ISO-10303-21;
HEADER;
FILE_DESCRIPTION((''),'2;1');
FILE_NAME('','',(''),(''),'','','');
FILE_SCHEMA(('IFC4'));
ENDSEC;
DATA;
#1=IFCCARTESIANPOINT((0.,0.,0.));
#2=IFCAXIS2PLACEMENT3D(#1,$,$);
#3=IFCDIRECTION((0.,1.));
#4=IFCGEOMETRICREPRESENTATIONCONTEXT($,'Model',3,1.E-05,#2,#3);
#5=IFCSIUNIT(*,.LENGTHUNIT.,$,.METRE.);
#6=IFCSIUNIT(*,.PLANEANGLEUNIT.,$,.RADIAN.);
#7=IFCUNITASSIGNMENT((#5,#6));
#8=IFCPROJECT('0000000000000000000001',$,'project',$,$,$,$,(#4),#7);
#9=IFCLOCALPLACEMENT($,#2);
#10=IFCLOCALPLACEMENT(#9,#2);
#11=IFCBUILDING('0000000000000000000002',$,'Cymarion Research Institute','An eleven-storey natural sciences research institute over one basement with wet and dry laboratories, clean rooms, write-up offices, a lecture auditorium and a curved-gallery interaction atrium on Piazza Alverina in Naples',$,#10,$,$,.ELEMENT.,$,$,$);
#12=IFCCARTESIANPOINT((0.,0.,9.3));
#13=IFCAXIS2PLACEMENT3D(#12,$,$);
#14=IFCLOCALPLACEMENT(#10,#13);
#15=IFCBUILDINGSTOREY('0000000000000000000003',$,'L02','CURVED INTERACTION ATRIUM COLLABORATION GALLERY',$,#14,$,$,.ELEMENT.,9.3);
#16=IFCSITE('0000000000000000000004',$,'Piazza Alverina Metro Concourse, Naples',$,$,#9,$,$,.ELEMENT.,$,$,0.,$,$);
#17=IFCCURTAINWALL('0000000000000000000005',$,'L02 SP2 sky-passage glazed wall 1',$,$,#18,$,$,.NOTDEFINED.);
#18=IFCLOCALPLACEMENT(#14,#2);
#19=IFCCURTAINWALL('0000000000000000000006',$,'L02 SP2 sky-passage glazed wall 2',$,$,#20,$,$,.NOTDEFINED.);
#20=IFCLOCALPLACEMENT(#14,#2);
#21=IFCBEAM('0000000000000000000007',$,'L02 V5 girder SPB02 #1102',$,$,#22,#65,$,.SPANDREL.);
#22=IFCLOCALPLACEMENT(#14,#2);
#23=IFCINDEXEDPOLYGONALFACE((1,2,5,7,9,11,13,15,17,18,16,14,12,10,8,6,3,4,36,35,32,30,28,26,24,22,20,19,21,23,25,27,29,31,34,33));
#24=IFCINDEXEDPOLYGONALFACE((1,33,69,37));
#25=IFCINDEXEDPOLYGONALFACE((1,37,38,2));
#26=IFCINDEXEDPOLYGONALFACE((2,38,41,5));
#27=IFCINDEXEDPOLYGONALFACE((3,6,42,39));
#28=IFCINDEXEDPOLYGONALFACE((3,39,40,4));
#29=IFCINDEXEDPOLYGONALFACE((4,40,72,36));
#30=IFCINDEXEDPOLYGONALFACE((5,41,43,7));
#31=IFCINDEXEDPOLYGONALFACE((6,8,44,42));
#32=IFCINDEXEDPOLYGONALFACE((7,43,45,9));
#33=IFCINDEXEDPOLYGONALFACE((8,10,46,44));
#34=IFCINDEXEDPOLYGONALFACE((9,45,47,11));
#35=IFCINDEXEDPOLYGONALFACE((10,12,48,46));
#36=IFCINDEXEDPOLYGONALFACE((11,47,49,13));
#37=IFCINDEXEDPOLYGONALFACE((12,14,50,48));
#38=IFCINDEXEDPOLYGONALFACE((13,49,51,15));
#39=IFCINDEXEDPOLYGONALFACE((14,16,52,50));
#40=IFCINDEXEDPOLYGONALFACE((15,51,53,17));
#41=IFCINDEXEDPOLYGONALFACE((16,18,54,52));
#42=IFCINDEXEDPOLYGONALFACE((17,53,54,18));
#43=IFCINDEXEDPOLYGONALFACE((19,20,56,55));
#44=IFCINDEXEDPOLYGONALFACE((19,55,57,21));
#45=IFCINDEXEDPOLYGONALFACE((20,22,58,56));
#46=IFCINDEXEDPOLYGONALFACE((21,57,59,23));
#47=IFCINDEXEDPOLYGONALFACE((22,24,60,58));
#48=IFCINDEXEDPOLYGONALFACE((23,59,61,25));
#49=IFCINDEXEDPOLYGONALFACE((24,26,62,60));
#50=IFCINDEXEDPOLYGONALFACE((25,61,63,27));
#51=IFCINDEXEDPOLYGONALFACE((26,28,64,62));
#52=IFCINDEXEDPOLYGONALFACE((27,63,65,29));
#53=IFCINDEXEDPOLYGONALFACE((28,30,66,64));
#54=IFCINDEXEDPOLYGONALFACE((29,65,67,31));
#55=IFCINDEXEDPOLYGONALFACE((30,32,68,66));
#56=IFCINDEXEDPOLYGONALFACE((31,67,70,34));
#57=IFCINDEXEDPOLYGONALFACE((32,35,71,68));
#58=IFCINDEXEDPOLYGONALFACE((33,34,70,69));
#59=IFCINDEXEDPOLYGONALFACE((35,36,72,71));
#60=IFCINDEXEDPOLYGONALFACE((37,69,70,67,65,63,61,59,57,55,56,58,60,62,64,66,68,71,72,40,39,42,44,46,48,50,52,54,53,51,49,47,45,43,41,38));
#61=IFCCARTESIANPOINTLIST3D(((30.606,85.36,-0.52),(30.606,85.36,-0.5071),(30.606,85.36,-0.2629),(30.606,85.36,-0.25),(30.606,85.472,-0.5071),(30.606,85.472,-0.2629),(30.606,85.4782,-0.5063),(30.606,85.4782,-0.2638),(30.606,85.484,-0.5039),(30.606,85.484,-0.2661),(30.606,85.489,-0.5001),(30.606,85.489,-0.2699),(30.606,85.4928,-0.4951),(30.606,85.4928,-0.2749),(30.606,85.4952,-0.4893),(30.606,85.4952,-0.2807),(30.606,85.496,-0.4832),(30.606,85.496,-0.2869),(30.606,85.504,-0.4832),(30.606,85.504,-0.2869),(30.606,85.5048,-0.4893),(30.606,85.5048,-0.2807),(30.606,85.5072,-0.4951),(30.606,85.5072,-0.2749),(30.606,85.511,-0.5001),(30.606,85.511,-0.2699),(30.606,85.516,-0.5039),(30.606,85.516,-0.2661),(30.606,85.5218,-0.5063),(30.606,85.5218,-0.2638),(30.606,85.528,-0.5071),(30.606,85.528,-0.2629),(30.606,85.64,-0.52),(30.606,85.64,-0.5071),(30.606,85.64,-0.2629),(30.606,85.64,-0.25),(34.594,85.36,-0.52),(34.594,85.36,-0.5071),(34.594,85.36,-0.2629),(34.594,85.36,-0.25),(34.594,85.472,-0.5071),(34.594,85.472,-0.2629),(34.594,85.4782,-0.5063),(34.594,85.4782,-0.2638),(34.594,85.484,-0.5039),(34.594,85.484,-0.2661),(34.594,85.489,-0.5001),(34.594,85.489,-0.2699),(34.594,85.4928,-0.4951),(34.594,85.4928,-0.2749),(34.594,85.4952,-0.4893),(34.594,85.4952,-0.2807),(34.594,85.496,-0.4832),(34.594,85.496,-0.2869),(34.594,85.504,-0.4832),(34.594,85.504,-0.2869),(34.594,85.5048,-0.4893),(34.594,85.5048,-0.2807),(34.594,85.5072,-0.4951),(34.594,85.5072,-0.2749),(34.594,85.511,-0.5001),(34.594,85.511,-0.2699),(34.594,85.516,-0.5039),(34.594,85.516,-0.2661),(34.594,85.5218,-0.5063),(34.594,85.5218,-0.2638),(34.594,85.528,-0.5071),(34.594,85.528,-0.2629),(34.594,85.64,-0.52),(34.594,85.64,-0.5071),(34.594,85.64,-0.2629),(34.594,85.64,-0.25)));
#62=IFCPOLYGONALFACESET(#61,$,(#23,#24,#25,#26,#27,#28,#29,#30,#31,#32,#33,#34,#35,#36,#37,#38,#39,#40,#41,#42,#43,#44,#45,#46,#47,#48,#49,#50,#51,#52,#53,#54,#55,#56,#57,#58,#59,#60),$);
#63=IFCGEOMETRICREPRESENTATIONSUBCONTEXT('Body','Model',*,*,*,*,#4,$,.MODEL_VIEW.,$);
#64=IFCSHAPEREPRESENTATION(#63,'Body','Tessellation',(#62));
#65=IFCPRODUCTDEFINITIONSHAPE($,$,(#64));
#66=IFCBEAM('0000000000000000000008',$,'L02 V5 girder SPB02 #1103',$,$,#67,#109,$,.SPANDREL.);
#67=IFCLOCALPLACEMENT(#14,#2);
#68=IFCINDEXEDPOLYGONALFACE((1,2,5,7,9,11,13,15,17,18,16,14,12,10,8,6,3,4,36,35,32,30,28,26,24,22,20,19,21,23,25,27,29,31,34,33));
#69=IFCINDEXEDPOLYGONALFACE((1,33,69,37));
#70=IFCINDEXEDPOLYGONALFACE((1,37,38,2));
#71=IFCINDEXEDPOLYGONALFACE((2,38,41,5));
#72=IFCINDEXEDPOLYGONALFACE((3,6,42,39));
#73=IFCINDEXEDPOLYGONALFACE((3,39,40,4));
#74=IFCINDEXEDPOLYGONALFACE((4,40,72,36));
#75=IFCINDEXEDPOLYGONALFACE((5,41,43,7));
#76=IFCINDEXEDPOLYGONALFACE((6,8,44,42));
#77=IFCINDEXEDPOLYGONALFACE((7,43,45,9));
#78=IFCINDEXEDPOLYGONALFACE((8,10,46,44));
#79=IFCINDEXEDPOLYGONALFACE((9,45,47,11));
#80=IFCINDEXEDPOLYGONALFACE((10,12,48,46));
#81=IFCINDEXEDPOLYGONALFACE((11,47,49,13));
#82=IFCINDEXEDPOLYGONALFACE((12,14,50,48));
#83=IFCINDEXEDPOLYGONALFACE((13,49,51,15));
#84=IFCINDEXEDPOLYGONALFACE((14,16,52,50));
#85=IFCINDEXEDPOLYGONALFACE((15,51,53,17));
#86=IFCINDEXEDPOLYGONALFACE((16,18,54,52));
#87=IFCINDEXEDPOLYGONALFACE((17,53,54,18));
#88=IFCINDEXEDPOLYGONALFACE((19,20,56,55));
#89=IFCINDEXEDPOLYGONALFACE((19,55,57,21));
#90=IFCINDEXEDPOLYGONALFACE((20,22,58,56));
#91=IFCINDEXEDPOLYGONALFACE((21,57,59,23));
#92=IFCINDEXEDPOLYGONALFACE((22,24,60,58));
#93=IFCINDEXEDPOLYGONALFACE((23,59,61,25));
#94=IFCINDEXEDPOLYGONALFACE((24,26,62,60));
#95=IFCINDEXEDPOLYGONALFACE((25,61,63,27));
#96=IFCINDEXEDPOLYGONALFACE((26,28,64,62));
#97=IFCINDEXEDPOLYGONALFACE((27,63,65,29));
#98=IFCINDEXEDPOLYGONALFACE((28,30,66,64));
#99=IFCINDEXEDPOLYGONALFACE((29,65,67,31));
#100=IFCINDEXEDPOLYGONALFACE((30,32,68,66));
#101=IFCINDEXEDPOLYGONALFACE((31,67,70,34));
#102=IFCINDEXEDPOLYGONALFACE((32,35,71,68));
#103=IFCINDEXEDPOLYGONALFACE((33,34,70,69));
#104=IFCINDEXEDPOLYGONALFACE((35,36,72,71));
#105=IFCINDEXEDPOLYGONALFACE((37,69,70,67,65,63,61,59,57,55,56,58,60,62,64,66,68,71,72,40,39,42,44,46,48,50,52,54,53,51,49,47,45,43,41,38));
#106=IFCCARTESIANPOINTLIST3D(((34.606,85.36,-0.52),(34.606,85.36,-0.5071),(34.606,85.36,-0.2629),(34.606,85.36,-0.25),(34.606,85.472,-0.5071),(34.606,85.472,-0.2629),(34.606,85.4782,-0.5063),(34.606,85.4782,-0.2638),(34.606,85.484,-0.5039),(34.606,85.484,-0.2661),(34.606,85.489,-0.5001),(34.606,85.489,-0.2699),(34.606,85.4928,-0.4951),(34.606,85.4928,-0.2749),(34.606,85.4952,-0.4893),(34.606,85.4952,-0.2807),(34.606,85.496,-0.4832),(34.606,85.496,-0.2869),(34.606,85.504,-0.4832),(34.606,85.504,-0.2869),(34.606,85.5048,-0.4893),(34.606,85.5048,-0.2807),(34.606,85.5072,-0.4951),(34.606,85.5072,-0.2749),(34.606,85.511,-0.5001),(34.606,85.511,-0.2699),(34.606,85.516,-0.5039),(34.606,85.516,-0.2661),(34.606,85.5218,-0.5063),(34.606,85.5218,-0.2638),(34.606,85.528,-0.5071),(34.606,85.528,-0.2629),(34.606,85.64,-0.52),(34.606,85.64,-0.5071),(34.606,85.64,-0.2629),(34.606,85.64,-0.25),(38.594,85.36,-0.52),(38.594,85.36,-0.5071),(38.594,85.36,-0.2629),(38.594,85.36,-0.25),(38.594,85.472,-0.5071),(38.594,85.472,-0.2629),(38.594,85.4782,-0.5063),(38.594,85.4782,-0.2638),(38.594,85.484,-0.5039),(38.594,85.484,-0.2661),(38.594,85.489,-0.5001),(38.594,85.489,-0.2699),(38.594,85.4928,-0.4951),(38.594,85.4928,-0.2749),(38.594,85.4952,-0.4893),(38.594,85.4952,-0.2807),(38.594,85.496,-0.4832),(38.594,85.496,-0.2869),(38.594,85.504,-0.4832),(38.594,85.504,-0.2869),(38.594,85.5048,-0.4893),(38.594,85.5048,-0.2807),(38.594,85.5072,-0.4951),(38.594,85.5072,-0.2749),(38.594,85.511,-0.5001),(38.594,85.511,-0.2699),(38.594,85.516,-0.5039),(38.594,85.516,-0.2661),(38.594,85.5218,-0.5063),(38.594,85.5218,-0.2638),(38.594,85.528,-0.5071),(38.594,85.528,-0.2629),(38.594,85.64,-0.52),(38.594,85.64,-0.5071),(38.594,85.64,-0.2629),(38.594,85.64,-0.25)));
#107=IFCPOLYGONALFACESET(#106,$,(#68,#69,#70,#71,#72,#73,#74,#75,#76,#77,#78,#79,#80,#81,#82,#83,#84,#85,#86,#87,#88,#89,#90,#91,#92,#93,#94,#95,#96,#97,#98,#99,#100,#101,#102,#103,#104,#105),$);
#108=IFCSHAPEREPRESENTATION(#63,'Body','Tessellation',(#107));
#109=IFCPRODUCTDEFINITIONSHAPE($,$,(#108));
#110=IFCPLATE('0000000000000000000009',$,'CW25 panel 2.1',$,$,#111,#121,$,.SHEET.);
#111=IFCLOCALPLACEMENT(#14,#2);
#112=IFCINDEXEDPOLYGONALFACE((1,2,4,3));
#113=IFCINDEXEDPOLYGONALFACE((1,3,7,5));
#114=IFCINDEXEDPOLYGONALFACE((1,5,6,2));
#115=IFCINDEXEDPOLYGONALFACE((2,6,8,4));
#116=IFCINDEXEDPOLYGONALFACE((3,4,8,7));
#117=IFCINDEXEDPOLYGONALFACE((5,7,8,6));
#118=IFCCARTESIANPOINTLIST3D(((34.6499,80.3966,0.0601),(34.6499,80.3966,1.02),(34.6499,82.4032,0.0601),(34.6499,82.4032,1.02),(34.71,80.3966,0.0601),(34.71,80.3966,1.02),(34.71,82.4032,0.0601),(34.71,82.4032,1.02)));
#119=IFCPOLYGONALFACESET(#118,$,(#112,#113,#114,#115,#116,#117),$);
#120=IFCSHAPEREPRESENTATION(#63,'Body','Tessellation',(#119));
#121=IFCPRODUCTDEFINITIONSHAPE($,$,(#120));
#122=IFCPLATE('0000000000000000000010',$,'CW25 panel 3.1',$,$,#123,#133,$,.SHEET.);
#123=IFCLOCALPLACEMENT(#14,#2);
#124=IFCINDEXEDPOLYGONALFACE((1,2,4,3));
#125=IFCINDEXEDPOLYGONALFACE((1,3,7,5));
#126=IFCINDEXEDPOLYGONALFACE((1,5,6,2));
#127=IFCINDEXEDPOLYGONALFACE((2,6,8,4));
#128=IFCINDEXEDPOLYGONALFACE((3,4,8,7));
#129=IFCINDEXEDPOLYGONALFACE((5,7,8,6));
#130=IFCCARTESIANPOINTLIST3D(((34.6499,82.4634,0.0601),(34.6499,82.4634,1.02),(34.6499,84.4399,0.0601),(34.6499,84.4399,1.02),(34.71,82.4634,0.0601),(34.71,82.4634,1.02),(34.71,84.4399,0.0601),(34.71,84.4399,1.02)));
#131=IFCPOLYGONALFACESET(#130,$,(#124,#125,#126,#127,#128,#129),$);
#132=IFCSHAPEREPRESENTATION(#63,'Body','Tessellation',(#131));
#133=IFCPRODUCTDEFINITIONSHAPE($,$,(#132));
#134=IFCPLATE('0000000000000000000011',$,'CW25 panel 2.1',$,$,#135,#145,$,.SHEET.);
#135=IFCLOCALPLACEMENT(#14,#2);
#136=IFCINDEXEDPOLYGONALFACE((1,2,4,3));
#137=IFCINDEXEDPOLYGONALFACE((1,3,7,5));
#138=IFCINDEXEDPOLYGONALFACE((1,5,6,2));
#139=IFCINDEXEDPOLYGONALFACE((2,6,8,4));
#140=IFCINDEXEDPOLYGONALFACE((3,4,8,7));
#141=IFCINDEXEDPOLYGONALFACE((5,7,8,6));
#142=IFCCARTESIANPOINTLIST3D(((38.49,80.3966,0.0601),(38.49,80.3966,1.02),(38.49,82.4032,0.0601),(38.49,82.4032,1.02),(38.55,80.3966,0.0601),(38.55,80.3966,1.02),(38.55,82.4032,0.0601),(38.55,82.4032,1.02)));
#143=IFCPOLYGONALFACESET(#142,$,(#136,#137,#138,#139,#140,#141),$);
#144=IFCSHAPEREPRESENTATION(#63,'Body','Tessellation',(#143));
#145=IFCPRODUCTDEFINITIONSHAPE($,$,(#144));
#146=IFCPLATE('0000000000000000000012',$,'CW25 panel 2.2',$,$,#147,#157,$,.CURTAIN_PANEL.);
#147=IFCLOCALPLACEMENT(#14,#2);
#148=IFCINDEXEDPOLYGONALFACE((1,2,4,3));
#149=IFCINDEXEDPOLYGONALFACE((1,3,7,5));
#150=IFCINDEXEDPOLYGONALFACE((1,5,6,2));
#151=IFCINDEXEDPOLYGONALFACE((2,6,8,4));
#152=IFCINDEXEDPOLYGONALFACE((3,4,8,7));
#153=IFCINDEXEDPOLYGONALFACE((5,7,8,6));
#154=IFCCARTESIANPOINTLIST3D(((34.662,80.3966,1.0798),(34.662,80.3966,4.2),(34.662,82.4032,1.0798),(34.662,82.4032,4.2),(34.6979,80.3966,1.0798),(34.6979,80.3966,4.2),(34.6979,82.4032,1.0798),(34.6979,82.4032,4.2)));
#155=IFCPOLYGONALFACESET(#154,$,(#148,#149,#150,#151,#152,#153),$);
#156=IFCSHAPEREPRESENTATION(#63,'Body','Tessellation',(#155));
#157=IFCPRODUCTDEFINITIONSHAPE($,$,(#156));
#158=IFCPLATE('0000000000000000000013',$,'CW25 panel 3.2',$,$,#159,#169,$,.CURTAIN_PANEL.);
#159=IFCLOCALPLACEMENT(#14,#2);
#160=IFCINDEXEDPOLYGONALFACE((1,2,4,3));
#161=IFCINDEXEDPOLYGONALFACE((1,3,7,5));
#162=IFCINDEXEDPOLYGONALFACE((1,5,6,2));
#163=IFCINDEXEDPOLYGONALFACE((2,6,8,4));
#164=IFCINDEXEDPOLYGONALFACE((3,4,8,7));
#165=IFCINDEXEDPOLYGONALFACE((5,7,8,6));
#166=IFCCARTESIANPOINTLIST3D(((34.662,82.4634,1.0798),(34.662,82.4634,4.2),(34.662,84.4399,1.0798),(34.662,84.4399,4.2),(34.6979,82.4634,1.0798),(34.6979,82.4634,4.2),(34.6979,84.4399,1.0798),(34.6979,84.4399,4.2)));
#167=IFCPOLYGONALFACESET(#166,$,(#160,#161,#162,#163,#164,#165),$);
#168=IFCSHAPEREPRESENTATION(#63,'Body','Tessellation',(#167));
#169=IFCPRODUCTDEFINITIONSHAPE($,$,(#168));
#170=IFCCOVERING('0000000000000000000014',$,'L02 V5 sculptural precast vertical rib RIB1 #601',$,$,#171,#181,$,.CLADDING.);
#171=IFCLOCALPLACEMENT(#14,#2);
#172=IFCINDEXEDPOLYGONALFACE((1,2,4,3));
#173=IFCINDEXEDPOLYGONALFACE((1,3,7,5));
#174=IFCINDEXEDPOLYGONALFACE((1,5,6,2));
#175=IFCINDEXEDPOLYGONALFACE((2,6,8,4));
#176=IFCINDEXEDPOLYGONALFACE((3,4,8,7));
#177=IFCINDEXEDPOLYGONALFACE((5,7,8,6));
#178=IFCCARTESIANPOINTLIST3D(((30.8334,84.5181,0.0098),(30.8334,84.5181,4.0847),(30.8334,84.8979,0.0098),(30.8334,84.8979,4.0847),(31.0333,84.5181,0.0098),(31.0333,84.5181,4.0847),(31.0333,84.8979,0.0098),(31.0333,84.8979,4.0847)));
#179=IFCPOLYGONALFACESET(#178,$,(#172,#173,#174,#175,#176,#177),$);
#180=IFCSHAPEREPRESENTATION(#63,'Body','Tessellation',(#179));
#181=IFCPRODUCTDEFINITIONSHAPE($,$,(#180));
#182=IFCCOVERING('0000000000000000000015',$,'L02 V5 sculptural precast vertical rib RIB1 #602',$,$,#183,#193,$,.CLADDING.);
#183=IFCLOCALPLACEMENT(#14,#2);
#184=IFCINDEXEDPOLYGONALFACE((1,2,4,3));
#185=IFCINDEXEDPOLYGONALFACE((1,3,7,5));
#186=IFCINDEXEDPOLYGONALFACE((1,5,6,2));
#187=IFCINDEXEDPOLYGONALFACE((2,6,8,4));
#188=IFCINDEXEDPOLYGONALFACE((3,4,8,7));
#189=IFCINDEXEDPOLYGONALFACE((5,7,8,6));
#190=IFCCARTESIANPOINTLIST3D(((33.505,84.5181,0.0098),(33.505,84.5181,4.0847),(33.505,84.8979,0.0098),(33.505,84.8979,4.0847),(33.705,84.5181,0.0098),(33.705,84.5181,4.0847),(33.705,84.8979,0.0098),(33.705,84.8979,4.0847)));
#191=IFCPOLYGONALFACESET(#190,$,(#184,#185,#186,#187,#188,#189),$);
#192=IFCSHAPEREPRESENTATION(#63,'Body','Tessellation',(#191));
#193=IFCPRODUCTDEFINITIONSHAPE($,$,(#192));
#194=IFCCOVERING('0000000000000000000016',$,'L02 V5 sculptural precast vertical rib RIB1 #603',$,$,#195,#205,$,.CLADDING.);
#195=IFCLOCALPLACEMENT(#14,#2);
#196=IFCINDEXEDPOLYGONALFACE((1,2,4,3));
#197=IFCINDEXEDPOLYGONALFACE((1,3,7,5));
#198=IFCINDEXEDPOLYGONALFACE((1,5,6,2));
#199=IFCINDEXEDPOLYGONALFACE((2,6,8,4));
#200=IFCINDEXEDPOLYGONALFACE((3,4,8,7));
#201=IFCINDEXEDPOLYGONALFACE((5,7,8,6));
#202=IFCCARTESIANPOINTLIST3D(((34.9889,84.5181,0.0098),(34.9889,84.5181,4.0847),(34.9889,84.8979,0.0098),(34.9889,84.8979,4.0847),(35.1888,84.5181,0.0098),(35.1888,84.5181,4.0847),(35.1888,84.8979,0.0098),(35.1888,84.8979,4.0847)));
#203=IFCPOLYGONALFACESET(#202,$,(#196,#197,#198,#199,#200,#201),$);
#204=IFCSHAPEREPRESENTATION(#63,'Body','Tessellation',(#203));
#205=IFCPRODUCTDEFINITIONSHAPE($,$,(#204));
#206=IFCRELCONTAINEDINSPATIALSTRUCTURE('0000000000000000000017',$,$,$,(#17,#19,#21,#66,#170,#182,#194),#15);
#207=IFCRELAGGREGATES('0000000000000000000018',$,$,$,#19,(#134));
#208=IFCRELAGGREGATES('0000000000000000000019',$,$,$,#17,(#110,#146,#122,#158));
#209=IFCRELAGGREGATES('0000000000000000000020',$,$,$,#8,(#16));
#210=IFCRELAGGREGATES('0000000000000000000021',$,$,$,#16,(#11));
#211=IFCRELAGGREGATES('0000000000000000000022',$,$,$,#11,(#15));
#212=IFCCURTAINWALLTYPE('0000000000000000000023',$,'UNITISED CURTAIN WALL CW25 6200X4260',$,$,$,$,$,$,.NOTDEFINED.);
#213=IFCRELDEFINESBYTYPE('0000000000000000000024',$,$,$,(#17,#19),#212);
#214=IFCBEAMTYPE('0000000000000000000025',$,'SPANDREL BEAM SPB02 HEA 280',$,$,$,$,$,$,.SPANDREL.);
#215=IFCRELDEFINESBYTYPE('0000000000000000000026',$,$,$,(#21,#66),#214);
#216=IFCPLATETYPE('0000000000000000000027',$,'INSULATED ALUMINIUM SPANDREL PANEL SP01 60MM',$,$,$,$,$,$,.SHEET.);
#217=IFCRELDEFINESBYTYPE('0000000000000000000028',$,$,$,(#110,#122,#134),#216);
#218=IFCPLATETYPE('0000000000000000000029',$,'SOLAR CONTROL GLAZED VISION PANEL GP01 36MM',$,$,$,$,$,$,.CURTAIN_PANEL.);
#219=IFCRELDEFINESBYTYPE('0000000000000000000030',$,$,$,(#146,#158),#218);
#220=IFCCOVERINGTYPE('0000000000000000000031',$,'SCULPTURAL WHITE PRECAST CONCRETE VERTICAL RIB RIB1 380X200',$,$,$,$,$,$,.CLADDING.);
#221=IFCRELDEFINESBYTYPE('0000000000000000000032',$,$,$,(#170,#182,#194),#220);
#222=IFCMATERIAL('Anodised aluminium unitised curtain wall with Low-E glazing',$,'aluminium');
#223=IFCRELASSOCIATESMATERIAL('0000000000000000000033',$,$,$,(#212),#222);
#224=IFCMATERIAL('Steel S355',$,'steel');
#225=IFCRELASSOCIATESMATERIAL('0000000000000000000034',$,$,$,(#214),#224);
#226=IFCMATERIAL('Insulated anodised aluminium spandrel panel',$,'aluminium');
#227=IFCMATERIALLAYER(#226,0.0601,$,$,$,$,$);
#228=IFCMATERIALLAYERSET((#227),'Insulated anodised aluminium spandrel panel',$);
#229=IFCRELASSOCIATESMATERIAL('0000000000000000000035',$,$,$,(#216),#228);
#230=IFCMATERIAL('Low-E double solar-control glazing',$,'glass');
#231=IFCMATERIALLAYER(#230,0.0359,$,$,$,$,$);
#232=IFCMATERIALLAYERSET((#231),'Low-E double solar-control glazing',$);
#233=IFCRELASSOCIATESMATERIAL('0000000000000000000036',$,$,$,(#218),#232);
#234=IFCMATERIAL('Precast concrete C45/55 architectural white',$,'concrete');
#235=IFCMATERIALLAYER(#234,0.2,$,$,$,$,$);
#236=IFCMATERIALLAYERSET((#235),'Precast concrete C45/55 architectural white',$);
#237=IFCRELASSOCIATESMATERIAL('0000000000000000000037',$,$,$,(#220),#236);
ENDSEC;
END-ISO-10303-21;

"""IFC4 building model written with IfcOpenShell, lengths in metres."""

from ifc_helpers import new_model, si_unit, direction, frame, origin, origin_2d, place, context, subcontext, project, spatial, rectangle, i_section, extrude, material, layer, layer_set, material_profile, profile_set, type_object, element, aggregate, save


model = new_model("IFC4")

# Units and contexts
model_context = context("Model", 3, precision=1e-05, world=origin(), true_north=direction((0.0, 1.0)))
body_context = subcontext(model_context, "Body", "Model", "MODEL_VIEW")
ifc_project = project(units=[si_unit("LENGTHUNIT", "METRE"), si_unit("PLANEANGLEUNIT", "RADIAN")], contexts=[model_context])

# Site, building, storey
site_placement = place(None, origin())
site = spatial("IfcSite", under=ifc_project, at=site_placement, Name="Piazza Alverina Metro Concourse, Naples", CompositionType="ELEMENT", RefElevation=0.0)
building_placement = place(site_placement, origin())
building = spatial("IfcBuilding", under=site, at=building_placement, Name="Cymarion Research Institute", Description="An eleven-storey natural sciences research institute over one basement with wet and dry laboratories, clean rooms, write-up offices, a lecture auditorium and a curved-gallery interaction atrium on Piazza Alverina in Naples", CompositionType="ELEMENT")
storey_placement = place(building_placement, frame((0.0, 0.0, 9.3)))
storey = spatial("IfcBuildingStorey", under=building, at=storey_placement, Name="L02", Description="CURVED INTERACTION ATRIUM COLLABORATION GALLERY", CompositionType="ELEMENT", Elevation=9.3)

# Shared definitions
ifc_material_1 = material(Name="Steel S355", Category="steel")

# Curtain walls
ifc_material_2 = material(Name="Anodised aluminium unitised curtain wall with Low-E glazing", Category="aluminium")
curtain_wall_type = type_object("IfcCurtainWallType", Name="UNITISED CURTAIN WALL CW25 6200X4260", PredefinedType="NOTDEFINED", material=ifc_material_2)
curtain_wall_1_placement = place(storey_placement, origin())
curtain_wall_1 = element("IfcCurtainWall", 1, at=curtain_wall_1_placement, inside=storey, type_object=curtain_wall_type, Name="L02 SP2 sky-passage glazed wall 1", PredefinedType="NOTDEFINED")
curtain_wall_2_placement = place(storey_placement, origin())
curtain_wall_2 = element("IfcCurtainWall", 2, at=curtain_wall_2_placement, inside=storey, type_object=curtain_wall_type, Name="L02 SP2 sky-passage glazed wall 2", PredefinedType="NOTDEFINED")

# Beams
ifc_material_profile_1 = material_profile(ifc_material_1, i_section(OverallWidth=0.28, OverallDepth=0.27, WebThickness=0.0081, FlangeThickness=0.0129, FilletRadius=0.0239, at=origin_2d()), Name="HEA 280")
ifc_profile_set_1 = profile_set([ifc_material_profile_1], Name="Steel S355")
beam_type_1 = type_object("IfcBeamType", Name="SPANDREL BEAM SPB02 HEA 280", PredefinedType="SPANDREL", material=ifc_profile_set_1)
for number, where, z_axis, x_axis, name in (
    (3, (30.606, 85.5, -0.385), (1.0, 0.0, 0.0), (0.0, 1.0, 0.0), "L02 V5 girder SPB02 #1102"),
    (4, (34.606, 85.5, -0.385), (1.0, 0.0, 0.0), (0.0, 1.0, 0.0), "L02 V5 girder SPB02 #1103"),
):
    element("IfcBeam", number, at=place(storey_placement, frame(where, z_axis=z_axis, x_axis=x_axis)), inside=storey, type_object=beam_type_1, Name=name, PredefinedType="SPANDREL", context=body_context, shape_type="SweptSolid", body=[
        extrude(i_section(OverallWidth=0.28, OverallDepth=0.27, WebThickness=0.0081, FlangeThickness=0.0129, FilletRadius=0.0239, at=origin_2d()), origin(), (0.0, 0.0, 1.0), 3.988),
    ])

# Plates
ifc_material_3 = material(Name="Insulated anodised aluminium spandrel panel", Category="aluminium")
ifc_layer_1 = layer(ifc_material_3, 0.0601)
ifc_layer_set_1 = layer_set([ifc_layer_1], Name="Insulated anodised aluminium spandrel panel")
plate_type_1 = type_object("IfcPlateType", Name="INSULATED ALUMINIUM SPANDREL PANEL SP01 60MM", PredefinedType="SHEET", material=ifc_layer_set_1)
plate_1_placement = place(storey_placement, frame((34.6799, 81.3999, 0.0601), z_axis=(0.0, 0.0, 1.0), x_axis=(0.0, 1.0, 0.0)))
plate_1 = element("IfcPlate", 5, at=plate_1_placement, type_object=plate_type_1, Name="CW25 panel 2.1", PredefinedType="SHEET", context=body_context, shape_type="SweptSolid", body=[
    extrude(rectangle(XDim=2.0066, YDim=0.0601, at=origin_2d()), origin(), (0.0, 0.0, 1.0), 0.96),
])
plate_2_placement = place(storey_placement, frame((34.6799, 83.4517, 0.0601), z_axis=(0.0, 0.0, 1.0), x_axis=(0.0, 1.0, 0.0)))
plate_2 = element("IfcPlate", 6, at=plate_2_placement, type_object=plate_type_1, Name="CW25 panel 3.1", PredefinedType="SHEET", context=body_context, shape_type="SweptSolid", body=[
    extrude(rectangle(XDim=1.9766, YDim=0.0601, at=origin_2d()), origin(), (0.0, 0.0, 1.0), 0.96),
])
plate_3_placement = place(storey_placement, frame((38.52, 81.3999, 0.0601), z_axis=(0.0, 0.0, 1.0), x_axis=(0.0, 1.0, 0.0)))
plate_3 = element("IfcPlate", 7, at=plate_3_placement, type_object=plate_type_1, Name="CW25 panel 2.1", PredefinedType="SHEET", context=body_context, shape_type="SweptSolid", body=[
    extrude(rectangle(XDim=2.0066, YDim=0.0601, at=origin_2d()), origin(), (0.0, 0.0, 1.0), 0.96),
])
aggregate(curtain_wall_2, [plate_3])
ifc_material_4 = material(Name="Low-E double solar-control glazing", Category="glass")
ifc_layer_2 = layer(ifc_material_4, 0.0359)
ifc_layer_set_2 = layer_set([ifc_layer_2], Name="Low-E double solar-control glazing")
plate_type_2 = type_object("IfcPlateType", Name="SOLAR CONTROL GLAZED VISION PANEL GP01 36MM", PredefinedType="CURTAIN_PANEL", material=ifc_layer_set_2)
plate_4_placement = place(storey_placement, frame((34.6799, 81.3999, 1.0798), z_axis=(0.0, 0.0, 1.0), x_axis=(0.0, 1.0, 0.0)))
plate_4 = element("IfcPlate", 8, at=plate_4_placement, type_object=plate_type_2, Name="CW25 panel 2.2", PredefinedType="CURTAIN_PANEL", context=body_context, shape_type="SweptSolid", body=[
    extrude(rectangle(XDim=2.0066, YDim=0.0359, at=origin_2d()), origin(), (0.0, 0.0, 1.0), 3.1201),
])
plate_5_placement = place(storey_placement, frame((34.6799, 83.4517, 1.0798), z_axis=(0.0, 0.0, 1.0), x_axis=(0.0, 1.0, 0.0)))
plate_5 = element("IfcPlate", 9, at=plate_5_placement, type_object=plate_type_2, Name="CW25 panel 3.2", PredefinedType="CURTAIN_PANEL", context=body_context, shape_type="SweptSolid", body=[
    extrude(rectangle(XDim=1.9766, YDim=0.0359, at=origin_2d()), origin(), (0.0, 0.0, 1.0), 3.1201),
])
aggregate(curtain_wall_1, [plate_1, plate_4, plate_2, plate_5])

# Coverings
ifc_material_5 = material(Name="Precast concrete C45/55 architectural white", Category="concrete")
ifc_layer_3 = layer(ifc_material_5, 0.2)
ifc_layer_set_3 = layer_set([ifc_layer_3], Name="Precast concrete C45/55 architectural white")
covering_type = type_object("IfcCoveringType", Name="SCULPTURAL WHITE PRECAST CONCRETE VERTICAL RIB RIB1 380X200", PredefinedType="CLADDING", material=ifc_layer_set_3)
for number, where, z_axis, x_axis, name in (
    (10, (30.9333, 84.708, 0.0098), (0.0, 0.0, 1.0), (0.0, -1.0, 0.0), "L02 V5 sculptural precast vertical rib RIB1 #601"),
    (11, (33.605, 84.708, 0.0098), (0.0, 0.0, 1.0), (0.0, -1.0, 0.0), "L02 V5 sculptural precast vertical rib RIB1 #602"),
    (12, (35.0889, 84.708, 0.0098), (0.0, 0.0, 1.0), (0.0, -1.0, 0.0), "L02 V5 sculptural precast vertical rib RIB1 #603"),
):
    element("IfcCovering", number, at=place(storey_placement, frame(where, z_axis=z_axis, x_axis=x_axis)), inside=storey, type_object=covering_type, Name=name, PredefinedType="CLADDING", context=body_context, shape_type="SweptSolid", body=[
        extrude(rectangle(XDim=0.3799, YDim=0.2, at=origin_2d()), origin(), (0.0, 0.0, 1.0), 4.075),
    ])

save(model, "model.ifc")
